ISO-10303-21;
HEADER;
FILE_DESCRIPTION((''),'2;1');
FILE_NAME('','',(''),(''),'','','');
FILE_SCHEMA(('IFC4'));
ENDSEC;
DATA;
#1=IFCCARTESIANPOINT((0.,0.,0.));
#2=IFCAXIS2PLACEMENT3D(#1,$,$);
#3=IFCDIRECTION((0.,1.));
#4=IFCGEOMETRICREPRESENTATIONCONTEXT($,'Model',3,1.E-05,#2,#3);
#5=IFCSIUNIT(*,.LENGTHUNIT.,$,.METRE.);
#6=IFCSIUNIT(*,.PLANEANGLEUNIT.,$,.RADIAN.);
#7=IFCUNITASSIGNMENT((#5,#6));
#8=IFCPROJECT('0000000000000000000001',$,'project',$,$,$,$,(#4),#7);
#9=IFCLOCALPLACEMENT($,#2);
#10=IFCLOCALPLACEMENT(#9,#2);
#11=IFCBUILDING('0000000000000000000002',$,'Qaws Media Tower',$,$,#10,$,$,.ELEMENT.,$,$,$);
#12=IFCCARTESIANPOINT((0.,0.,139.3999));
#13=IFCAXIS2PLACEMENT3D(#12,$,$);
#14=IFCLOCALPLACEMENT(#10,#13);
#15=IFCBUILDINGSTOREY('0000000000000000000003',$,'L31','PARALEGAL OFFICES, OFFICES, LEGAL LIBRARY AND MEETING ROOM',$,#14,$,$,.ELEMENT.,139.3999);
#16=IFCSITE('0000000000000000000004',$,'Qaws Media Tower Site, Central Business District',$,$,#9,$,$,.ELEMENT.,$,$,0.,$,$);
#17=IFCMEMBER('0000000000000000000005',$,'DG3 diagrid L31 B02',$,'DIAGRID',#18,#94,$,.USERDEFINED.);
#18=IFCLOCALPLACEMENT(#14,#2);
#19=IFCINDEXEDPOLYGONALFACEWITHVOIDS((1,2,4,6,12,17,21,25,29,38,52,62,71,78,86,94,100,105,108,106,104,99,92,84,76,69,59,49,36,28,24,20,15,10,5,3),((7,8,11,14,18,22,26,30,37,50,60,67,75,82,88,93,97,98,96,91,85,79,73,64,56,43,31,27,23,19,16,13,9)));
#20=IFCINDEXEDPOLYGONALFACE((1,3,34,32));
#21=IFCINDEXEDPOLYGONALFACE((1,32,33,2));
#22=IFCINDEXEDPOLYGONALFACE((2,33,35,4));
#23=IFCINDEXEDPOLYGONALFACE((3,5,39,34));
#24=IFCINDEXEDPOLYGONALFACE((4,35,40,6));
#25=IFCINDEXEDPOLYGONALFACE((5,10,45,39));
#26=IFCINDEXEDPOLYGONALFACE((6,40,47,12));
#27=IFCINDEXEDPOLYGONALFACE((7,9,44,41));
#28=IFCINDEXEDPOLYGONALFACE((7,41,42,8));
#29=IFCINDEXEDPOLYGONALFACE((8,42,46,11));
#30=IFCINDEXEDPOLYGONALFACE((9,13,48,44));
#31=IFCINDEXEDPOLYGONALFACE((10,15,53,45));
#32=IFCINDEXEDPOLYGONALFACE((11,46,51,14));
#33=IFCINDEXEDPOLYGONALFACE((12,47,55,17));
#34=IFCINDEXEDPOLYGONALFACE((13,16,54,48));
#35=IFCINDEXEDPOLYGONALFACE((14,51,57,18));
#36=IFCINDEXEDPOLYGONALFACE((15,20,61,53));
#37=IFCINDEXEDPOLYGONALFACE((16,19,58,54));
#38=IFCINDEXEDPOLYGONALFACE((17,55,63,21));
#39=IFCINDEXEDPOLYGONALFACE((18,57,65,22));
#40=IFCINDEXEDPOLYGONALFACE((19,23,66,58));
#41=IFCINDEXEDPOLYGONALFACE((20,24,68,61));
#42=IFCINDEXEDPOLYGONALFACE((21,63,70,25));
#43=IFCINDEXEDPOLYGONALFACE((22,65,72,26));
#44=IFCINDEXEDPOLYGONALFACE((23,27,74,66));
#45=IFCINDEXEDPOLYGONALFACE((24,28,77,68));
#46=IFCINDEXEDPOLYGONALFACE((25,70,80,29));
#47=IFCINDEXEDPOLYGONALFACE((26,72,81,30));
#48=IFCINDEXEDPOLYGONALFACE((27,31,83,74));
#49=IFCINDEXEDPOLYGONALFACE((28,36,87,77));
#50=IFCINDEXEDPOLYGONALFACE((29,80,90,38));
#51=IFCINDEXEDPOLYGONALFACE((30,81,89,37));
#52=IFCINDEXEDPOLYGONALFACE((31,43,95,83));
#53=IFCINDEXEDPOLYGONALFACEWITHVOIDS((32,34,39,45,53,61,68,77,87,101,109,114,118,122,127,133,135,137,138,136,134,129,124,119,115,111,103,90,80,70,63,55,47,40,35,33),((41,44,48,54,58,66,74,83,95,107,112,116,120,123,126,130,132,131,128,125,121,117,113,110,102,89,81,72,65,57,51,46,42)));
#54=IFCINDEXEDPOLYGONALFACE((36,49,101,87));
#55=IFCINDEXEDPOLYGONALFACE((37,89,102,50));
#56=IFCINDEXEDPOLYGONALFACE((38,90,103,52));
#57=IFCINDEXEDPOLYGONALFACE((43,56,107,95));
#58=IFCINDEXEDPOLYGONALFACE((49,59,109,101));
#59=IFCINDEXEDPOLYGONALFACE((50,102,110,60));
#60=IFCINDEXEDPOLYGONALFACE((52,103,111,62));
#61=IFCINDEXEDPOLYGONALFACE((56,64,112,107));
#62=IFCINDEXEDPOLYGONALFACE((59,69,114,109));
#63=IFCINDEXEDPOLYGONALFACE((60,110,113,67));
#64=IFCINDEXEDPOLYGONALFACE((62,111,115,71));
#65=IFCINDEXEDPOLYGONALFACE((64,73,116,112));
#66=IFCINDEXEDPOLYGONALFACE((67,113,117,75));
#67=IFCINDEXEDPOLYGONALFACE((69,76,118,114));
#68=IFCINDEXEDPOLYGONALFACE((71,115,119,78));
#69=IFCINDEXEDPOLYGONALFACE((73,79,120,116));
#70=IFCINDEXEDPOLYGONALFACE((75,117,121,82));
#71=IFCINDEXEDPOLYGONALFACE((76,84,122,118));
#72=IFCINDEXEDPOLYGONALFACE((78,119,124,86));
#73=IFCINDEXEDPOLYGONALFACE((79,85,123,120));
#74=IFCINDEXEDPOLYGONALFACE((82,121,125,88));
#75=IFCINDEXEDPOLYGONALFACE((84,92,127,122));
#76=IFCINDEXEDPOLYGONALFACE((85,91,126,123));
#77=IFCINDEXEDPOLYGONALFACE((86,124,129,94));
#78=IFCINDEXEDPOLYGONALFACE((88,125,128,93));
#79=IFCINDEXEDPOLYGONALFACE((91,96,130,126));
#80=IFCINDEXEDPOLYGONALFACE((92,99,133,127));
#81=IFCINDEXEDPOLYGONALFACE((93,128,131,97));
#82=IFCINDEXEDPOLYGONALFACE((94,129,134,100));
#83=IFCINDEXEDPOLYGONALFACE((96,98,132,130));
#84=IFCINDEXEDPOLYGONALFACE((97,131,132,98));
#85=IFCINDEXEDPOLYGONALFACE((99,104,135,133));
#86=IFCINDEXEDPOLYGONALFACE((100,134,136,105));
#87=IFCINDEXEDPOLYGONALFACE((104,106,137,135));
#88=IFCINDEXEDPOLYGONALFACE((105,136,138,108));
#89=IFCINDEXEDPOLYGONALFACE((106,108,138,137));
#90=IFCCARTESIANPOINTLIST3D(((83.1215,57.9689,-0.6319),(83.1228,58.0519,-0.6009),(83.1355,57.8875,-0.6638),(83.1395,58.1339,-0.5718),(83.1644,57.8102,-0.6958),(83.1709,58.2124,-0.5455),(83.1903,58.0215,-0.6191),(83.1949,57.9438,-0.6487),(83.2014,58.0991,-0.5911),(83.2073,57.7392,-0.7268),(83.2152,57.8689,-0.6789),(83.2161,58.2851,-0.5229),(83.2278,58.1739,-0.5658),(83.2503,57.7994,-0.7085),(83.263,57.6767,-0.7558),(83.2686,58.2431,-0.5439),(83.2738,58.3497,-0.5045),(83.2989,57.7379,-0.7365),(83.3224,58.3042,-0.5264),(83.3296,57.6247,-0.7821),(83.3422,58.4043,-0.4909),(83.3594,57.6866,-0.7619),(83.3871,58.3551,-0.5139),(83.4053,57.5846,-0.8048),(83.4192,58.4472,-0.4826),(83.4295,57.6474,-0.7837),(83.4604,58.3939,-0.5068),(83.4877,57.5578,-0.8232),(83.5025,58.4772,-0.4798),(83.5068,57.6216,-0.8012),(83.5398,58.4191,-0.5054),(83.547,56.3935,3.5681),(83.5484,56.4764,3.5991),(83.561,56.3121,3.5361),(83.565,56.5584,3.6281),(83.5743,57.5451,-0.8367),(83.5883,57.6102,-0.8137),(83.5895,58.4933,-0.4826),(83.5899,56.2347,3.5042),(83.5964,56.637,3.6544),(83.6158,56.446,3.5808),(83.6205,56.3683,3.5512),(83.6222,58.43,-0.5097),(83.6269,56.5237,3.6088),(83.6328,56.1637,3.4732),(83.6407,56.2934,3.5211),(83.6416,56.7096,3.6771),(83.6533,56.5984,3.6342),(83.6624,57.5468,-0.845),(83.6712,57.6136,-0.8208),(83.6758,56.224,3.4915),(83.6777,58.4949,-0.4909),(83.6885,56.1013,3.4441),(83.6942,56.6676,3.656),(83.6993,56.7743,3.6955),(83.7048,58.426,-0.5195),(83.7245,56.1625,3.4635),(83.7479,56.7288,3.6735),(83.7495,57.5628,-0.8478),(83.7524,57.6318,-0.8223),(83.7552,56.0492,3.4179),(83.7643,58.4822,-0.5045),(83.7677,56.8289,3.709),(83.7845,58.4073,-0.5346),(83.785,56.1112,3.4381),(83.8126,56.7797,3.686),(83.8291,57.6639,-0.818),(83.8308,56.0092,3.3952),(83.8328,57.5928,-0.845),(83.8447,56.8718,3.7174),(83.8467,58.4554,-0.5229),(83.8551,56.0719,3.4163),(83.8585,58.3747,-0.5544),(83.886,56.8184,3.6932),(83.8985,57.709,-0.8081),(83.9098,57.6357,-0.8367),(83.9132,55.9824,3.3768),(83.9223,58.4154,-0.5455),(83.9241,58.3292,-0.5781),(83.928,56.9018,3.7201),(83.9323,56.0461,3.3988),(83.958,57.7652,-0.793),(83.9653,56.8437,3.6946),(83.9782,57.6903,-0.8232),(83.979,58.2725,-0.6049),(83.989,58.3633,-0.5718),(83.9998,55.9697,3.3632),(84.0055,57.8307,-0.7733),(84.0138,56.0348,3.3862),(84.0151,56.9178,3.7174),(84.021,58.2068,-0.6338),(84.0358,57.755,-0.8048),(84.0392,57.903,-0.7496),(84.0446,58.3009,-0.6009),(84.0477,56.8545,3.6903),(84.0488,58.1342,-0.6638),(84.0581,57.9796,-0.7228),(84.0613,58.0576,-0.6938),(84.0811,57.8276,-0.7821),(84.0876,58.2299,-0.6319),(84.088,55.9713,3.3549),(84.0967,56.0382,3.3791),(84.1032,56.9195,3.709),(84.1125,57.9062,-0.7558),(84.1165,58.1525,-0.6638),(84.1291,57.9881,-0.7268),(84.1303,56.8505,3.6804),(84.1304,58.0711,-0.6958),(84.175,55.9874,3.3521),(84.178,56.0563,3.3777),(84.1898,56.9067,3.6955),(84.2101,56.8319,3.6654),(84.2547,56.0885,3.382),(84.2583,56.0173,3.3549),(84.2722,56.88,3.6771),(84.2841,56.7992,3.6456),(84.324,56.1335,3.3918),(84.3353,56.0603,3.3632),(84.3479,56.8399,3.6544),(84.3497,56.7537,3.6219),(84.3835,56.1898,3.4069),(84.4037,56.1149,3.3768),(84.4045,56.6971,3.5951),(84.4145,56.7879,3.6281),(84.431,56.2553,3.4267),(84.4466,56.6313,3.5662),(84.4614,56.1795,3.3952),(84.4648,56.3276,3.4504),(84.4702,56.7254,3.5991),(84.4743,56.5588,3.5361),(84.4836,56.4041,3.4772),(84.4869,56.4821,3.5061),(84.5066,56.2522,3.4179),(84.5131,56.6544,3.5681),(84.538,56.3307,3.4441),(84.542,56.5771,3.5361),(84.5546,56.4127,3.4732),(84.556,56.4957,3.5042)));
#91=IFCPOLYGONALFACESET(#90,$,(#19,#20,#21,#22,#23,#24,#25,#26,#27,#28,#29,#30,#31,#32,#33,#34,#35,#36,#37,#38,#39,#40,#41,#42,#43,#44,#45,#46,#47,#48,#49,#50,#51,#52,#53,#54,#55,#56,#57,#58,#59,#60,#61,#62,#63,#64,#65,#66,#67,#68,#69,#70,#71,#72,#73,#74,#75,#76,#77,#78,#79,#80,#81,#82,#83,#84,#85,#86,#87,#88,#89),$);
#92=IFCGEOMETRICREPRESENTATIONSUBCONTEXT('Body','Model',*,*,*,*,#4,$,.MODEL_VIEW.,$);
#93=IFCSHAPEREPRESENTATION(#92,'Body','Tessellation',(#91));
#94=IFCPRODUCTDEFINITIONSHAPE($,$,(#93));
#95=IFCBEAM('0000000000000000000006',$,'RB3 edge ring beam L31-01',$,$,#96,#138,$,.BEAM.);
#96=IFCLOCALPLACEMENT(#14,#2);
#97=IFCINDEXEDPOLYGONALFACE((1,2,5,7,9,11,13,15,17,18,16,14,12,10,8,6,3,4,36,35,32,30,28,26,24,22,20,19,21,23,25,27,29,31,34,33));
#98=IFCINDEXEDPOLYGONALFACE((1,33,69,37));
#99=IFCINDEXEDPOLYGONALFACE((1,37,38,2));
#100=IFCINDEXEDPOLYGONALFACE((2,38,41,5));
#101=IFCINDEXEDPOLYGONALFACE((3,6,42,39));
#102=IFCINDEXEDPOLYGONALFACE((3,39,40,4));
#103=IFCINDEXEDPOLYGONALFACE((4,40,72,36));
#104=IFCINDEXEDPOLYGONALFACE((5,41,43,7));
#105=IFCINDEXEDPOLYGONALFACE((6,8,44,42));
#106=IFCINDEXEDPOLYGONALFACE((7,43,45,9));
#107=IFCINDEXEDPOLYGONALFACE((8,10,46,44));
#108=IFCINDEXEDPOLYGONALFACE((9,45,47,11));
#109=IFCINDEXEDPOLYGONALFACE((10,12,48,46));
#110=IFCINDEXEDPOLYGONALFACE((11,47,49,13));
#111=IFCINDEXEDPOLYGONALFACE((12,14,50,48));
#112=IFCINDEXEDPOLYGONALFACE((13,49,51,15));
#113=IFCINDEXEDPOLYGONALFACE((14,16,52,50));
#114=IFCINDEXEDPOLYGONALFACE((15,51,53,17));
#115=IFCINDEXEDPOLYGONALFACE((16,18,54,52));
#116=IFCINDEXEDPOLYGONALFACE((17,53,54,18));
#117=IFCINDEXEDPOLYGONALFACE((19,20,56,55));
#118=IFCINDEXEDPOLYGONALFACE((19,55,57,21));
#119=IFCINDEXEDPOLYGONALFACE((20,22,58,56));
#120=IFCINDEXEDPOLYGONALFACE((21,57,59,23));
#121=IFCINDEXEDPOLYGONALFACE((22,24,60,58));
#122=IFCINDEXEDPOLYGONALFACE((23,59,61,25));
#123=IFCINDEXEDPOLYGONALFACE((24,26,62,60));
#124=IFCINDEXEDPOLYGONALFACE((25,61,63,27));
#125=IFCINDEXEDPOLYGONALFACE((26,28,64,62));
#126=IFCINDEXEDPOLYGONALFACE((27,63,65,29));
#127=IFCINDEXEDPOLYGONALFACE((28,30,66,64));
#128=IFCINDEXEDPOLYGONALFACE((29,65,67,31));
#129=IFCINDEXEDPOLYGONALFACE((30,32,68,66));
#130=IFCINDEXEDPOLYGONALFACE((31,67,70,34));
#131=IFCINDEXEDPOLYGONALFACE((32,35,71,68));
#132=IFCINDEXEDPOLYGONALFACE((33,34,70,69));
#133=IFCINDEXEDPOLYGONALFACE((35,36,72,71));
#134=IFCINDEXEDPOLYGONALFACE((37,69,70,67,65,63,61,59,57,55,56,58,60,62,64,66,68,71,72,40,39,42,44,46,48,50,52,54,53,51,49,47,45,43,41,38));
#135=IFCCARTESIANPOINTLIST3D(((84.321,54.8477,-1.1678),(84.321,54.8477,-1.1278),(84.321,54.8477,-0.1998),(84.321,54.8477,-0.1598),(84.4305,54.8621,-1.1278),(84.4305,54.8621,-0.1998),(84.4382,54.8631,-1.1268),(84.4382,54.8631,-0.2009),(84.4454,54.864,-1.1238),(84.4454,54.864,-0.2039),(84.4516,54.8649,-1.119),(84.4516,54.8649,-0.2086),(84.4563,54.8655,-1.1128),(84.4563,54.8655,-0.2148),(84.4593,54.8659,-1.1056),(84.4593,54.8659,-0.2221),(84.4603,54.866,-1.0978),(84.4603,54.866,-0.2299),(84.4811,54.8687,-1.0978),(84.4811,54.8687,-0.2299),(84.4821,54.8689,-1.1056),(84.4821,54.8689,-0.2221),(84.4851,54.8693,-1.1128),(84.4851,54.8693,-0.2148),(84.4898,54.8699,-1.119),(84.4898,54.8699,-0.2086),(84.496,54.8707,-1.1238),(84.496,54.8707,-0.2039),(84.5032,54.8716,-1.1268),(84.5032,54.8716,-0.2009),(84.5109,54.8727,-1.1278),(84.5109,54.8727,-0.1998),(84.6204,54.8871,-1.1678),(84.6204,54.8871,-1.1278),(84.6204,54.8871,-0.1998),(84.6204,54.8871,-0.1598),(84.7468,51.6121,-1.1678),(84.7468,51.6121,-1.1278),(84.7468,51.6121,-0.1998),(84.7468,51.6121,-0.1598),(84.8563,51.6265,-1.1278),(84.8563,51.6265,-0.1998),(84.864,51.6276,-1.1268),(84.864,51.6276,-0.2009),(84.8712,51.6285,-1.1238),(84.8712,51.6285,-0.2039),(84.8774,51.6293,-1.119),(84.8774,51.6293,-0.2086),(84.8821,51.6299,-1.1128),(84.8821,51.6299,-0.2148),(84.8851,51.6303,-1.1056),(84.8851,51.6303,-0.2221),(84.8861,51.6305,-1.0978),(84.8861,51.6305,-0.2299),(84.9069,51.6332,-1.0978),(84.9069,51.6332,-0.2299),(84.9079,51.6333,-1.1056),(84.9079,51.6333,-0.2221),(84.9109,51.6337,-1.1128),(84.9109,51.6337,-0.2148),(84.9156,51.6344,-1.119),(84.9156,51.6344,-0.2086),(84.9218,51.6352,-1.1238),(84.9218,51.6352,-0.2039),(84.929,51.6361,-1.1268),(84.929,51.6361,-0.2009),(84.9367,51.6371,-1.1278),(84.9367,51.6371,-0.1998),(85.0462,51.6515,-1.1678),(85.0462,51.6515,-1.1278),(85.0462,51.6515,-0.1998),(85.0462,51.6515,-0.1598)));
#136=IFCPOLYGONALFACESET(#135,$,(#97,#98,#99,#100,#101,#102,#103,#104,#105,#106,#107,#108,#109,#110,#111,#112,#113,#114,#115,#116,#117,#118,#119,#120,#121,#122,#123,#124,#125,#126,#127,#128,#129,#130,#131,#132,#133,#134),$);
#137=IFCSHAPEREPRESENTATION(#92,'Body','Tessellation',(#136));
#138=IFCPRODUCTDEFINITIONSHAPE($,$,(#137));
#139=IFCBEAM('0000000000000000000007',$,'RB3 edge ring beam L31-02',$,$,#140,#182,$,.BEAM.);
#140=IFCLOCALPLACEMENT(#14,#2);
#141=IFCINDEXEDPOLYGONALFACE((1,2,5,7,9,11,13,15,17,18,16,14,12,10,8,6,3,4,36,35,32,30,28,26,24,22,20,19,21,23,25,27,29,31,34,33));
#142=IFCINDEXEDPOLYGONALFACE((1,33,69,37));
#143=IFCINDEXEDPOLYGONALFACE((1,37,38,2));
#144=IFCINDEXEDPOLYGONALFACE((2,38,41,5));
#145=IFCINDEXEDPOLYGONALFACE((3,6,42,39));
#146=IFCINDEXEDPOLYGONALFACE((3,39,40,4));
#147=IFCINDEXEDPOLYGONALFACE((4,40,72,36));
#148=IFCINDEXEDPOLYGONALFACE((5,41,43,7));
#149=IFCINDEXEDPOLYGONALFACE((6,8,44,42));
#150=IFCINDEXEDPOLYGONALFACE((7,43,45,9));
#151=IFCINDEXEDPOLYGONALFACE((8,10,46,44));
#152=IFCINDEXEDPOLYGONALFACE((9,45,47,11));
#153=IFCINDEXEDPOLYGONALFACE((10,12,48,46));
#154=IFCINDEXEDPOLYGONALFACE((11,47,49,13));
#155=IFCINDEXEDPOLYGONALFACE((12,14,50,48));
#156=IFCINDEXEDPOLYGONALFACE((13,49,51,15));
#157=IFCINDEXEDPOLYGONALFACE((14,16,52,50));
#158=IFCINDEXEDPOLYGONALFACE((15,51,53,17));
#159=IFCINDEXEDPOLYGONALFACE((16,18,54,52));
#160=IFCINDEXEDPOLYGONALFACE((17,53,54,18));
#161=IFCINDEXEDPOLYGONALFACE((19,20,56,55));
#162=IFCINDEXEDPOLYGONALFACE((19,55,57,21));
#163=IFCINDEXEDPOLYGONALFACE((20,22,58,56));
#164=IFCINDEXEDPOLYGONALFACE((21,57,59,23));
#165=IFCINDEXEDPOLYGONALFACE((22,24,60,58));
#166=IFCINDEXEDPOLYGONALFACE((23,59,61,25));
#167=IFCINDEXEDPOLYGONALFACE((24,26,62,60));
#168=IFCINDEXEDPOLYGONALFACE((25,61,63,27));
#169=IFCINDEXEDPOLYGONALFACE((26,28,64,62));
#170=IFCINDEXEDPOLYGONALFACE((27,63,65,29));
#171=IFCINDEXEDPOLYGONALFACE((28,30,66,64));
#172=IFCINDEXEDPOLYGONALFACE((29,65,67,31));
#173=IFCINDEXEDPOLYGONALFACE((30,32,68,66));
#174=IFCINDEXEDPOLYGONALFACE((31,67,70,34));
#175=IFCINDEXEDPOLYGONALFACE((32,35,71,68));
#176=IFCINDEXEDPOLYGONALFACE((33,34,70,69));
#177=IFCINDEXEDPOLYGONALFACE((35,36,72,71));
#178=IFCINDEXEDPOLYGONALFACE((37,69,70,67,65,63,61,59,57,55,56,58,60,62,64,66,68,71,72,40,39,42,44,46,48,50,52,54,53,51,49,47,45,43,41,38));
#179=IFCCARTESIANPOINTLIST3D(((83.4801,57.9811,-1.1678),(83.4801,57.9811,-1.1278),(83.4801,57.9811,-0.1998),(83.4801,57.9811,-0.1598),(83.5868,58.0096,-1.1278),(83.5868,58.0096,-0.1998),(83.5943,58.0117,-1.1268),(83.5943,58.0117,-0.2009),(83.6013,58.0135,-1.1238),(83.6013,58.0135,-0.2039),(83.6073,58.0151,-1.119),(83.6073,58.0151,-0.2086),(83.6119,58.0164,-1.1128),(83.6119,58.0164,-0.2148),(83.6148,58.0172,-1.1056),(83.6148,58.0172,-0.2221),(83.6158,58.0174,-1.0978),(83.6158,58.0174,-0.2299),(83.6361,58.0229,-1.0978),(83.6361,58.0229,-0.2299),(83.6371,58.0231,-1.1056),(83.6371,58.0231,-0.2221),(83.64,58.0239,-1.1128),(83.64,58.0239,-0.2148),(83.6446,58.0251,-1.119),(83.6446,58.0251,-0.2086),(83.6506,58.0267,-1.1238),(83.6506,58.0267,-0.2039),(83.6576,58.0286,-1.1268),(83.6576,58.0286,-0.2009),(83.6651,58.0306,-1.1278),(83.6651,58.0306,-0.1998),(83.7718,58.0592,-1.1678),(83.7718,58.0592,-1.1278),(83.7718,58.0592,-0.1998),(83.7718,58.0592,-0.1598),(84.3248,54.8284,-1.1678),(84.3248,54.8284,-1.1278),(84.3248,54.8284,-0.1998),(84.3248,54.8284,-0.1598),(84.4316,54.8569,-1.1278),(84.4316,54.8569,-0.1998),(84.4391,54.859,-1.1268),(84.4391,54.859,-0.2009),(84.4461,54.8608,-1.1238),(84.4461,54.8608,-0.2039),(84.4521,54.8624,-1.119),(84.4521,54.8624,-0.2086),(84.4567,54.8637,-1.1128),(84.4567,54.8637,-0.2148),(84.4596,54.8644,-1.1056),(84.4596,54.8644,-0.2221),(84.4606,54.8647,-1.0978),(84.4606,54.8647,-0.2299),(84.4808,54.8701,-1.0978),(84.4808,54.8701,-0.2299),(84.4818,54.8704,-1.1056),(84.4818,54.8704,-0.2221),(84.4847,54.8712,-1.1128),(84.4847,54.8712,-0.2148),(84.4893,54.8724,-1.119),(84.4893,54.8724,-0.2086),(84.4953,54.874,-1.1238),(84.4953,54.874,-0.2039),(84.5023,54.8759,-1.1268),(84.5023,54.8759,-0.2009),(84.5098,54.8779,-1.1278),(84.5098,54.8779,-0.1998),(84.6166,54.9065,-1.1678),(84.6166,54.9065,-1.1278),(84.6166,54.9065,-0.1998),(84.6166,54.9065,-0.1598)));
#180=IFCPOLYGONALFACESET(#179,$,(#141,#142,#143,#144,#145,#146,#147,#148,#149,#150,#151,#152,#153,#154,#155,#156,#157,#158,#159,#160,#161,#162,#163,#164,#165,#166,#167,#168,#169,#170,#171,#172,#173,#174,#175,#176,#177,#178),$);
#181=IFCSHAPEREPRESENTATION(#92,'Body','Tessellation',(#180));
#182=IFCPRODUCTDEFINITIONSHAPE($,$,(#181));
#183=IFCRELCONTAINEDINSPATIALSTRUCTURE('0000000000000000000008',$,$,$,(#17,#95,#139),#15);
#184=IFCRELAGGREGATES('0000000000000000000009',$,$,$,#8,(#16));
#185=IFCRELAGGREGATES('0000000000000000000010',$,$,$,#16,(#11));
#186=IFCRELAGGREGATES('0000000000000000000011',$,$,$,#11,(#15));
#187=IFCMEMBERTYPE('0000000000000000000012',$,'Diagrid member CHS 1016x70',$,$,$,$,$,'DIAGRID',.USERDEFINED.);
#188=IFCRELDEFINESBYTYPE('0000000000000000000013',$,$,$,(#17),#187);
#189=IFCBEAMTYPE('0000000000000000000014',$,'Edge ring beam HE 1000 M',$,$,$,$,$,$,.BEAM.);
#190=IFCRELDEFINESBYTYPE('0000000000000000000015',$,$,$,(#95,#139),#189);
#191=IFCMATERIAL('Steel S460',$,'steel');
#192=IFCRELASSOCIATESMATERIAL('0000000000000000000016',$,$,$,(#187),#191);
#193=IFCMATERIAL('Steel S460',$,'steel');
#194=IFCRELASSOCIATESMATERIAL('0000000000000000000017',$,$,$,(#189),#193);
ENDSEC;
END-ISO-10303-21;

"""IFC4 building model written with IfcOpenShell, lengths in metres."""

from ifc_helpers import new_model, si_unit, direction, frame, origin, origin_2d, place, context, subcontext, project, spatial, hollow_circle, i_section, extrude, material, material_profile, profile_set, type_object, element, save


model = new_model("IFC4")

# Units and contexts
model_context = context("Model", 3, precision=1e-05, world=origin(), true_north=direction((0.0, 1.0)))
body_context = subcontext(model_context, "Body", "Model", "MODEL_VIEW")
ifc_project = project(units=[si_unit("LENGTHUNIT", "METRE"), si_unit("PLANEANGLEUNIT", "RADIAN")], contexts=[model_context])

# Site, building, storey
site_placement = place(None, origin())
site = spatial("IfcSite", under=ifc_project, at=site_placement, Name="Qaws Media Tower Site, Central Business District", CompositionType="ELEMENT", RefElevation=0.0)
building_placement = place(site_placement, origin())
building = spatial("IfcBuilding", under=site, at=building_placement, Name="Qaws Media Tower", CompositionType="ELEMENT")
storey_placement = place(building_placement, frame((0.0, 0.0, 139.3999)))
storey = spatial("IfcBuildingStorey", under=building, at=storey_placement, Name="L31", Description="PARALEGAL OFFICES, OFFICES, LEGAL LIBRARY AND MEETING ROOM", CompositionType="ELEMENT", Elevation=139.3999)

# Member
ifc_material_1 = material(Name="Steel S460", Category="steel")
ifc_material_profile_1 = material_profile(ifc_material_1, hollow_circle(Radius=0.5081, WallThickness=0.0701, at=origin_2d()), Name="CHS 1016x70")
ifc_profile_set_1 = profile_set([ifc_material_profile_1], Name="Steel S460")
member_type_1 = type_object("IfcMemberType", Name="Diagrid member CHS 1016x70", ElementType="DIAGRID", PredefinedType="USERDEFINED", material=ifc_profile_set_1)
for number, where, z_axis, x_axis, name in (
    (1, (83.626, 58.02, -0.6638), (0.094441, -0.349643, 0.932111), (0.965403, 0.260762, 0.0), "DG3 diagrid L31 B02"),
):
    element("IfcMember", number, at=place(storey_placement, frame(where, z_axis=z_axis, x_axis=x_axis)), inside=storey, type_object=member_type_1, Name=name, ObjectType="DIAGRID", PredefinedType="USERDEFINED", context=body_context, shape_type="SweptSolid", body=[
        extrude(hollow_circle(Radius=0.5081, WallThickness=0.0701, at=origin_2d()), origin(), (0.0, 0.0, 1.0), 4.5059),
    ])

# Beams
ifc_material_2 = material(Name="Steel S460", Category="steel")
ifc_material_profile_2 = material_profile(ifc_material_2, i_section(OverallWidth=0.302, OverallDepth=1.0081, WebThickness=0.021, FlangeThickness=0.04, FilletRadius=0.03, at=origin_2d()), Name="HE 1000 M")
ifc_profile_set_2 = profile_set([ifc_material_profile_2], Name="Steel S460")
beam_type_1 = type_object("IfcBeamType", Name="Edge ring beam HE 1000 M", PredefinedType="BEAM", material=ifc_profile_set_2)
beam_1_placement = place(storey_placement, frame((84.8965, 51.6318, -0.6638), z_axis=(-0.130468, 0.991453, 0.0), x_axis=(-0.991453, -0.130468, 0.0)))
element("IfcBeam", 2, at=beam_1_placement, inside=storey, type_object=beam_type_1, Name="RB3 edge ring beam L31-01", PredefinedType="BEAM", context=body_context, shape_type="SweptSolid", body=[
    extrude(i_section(OverallWidth=0.302, OverallDepth=1.0081, WebThickness=0.021, FlangeThickness=0.04, FilletRadius=0.03, at=origin_2d()), origin(), (0.0, 0.0, 1.0), 3.2634),
])
beam_2_placement = place(storey_placement, frame((84.4707, 54.8674, -0.6638), z_axis=(-0.258817, 0.965926, 0.0), x_axis=(-0.965926, -0.258817, 0.0)))
element("IfcBeam", 3, at=beam_2_placement, inside=storey, type_object=beam_type_1, Name="RB3 edge ring beam L31-02", PredefinedType="BEAM", context=body_context, shape_type="SweptSolid", body=[
    extrude(i_section(OverallWidth=0.302, OverallDepth=1.0081, WebThickness=0.021, FlangeThickness=0.04, FilletRadius=0.03, at=origin_2d()), origin(), (0.0, 0.0, 1.0), 3.2639),
])

save(model, "model.ifc")
